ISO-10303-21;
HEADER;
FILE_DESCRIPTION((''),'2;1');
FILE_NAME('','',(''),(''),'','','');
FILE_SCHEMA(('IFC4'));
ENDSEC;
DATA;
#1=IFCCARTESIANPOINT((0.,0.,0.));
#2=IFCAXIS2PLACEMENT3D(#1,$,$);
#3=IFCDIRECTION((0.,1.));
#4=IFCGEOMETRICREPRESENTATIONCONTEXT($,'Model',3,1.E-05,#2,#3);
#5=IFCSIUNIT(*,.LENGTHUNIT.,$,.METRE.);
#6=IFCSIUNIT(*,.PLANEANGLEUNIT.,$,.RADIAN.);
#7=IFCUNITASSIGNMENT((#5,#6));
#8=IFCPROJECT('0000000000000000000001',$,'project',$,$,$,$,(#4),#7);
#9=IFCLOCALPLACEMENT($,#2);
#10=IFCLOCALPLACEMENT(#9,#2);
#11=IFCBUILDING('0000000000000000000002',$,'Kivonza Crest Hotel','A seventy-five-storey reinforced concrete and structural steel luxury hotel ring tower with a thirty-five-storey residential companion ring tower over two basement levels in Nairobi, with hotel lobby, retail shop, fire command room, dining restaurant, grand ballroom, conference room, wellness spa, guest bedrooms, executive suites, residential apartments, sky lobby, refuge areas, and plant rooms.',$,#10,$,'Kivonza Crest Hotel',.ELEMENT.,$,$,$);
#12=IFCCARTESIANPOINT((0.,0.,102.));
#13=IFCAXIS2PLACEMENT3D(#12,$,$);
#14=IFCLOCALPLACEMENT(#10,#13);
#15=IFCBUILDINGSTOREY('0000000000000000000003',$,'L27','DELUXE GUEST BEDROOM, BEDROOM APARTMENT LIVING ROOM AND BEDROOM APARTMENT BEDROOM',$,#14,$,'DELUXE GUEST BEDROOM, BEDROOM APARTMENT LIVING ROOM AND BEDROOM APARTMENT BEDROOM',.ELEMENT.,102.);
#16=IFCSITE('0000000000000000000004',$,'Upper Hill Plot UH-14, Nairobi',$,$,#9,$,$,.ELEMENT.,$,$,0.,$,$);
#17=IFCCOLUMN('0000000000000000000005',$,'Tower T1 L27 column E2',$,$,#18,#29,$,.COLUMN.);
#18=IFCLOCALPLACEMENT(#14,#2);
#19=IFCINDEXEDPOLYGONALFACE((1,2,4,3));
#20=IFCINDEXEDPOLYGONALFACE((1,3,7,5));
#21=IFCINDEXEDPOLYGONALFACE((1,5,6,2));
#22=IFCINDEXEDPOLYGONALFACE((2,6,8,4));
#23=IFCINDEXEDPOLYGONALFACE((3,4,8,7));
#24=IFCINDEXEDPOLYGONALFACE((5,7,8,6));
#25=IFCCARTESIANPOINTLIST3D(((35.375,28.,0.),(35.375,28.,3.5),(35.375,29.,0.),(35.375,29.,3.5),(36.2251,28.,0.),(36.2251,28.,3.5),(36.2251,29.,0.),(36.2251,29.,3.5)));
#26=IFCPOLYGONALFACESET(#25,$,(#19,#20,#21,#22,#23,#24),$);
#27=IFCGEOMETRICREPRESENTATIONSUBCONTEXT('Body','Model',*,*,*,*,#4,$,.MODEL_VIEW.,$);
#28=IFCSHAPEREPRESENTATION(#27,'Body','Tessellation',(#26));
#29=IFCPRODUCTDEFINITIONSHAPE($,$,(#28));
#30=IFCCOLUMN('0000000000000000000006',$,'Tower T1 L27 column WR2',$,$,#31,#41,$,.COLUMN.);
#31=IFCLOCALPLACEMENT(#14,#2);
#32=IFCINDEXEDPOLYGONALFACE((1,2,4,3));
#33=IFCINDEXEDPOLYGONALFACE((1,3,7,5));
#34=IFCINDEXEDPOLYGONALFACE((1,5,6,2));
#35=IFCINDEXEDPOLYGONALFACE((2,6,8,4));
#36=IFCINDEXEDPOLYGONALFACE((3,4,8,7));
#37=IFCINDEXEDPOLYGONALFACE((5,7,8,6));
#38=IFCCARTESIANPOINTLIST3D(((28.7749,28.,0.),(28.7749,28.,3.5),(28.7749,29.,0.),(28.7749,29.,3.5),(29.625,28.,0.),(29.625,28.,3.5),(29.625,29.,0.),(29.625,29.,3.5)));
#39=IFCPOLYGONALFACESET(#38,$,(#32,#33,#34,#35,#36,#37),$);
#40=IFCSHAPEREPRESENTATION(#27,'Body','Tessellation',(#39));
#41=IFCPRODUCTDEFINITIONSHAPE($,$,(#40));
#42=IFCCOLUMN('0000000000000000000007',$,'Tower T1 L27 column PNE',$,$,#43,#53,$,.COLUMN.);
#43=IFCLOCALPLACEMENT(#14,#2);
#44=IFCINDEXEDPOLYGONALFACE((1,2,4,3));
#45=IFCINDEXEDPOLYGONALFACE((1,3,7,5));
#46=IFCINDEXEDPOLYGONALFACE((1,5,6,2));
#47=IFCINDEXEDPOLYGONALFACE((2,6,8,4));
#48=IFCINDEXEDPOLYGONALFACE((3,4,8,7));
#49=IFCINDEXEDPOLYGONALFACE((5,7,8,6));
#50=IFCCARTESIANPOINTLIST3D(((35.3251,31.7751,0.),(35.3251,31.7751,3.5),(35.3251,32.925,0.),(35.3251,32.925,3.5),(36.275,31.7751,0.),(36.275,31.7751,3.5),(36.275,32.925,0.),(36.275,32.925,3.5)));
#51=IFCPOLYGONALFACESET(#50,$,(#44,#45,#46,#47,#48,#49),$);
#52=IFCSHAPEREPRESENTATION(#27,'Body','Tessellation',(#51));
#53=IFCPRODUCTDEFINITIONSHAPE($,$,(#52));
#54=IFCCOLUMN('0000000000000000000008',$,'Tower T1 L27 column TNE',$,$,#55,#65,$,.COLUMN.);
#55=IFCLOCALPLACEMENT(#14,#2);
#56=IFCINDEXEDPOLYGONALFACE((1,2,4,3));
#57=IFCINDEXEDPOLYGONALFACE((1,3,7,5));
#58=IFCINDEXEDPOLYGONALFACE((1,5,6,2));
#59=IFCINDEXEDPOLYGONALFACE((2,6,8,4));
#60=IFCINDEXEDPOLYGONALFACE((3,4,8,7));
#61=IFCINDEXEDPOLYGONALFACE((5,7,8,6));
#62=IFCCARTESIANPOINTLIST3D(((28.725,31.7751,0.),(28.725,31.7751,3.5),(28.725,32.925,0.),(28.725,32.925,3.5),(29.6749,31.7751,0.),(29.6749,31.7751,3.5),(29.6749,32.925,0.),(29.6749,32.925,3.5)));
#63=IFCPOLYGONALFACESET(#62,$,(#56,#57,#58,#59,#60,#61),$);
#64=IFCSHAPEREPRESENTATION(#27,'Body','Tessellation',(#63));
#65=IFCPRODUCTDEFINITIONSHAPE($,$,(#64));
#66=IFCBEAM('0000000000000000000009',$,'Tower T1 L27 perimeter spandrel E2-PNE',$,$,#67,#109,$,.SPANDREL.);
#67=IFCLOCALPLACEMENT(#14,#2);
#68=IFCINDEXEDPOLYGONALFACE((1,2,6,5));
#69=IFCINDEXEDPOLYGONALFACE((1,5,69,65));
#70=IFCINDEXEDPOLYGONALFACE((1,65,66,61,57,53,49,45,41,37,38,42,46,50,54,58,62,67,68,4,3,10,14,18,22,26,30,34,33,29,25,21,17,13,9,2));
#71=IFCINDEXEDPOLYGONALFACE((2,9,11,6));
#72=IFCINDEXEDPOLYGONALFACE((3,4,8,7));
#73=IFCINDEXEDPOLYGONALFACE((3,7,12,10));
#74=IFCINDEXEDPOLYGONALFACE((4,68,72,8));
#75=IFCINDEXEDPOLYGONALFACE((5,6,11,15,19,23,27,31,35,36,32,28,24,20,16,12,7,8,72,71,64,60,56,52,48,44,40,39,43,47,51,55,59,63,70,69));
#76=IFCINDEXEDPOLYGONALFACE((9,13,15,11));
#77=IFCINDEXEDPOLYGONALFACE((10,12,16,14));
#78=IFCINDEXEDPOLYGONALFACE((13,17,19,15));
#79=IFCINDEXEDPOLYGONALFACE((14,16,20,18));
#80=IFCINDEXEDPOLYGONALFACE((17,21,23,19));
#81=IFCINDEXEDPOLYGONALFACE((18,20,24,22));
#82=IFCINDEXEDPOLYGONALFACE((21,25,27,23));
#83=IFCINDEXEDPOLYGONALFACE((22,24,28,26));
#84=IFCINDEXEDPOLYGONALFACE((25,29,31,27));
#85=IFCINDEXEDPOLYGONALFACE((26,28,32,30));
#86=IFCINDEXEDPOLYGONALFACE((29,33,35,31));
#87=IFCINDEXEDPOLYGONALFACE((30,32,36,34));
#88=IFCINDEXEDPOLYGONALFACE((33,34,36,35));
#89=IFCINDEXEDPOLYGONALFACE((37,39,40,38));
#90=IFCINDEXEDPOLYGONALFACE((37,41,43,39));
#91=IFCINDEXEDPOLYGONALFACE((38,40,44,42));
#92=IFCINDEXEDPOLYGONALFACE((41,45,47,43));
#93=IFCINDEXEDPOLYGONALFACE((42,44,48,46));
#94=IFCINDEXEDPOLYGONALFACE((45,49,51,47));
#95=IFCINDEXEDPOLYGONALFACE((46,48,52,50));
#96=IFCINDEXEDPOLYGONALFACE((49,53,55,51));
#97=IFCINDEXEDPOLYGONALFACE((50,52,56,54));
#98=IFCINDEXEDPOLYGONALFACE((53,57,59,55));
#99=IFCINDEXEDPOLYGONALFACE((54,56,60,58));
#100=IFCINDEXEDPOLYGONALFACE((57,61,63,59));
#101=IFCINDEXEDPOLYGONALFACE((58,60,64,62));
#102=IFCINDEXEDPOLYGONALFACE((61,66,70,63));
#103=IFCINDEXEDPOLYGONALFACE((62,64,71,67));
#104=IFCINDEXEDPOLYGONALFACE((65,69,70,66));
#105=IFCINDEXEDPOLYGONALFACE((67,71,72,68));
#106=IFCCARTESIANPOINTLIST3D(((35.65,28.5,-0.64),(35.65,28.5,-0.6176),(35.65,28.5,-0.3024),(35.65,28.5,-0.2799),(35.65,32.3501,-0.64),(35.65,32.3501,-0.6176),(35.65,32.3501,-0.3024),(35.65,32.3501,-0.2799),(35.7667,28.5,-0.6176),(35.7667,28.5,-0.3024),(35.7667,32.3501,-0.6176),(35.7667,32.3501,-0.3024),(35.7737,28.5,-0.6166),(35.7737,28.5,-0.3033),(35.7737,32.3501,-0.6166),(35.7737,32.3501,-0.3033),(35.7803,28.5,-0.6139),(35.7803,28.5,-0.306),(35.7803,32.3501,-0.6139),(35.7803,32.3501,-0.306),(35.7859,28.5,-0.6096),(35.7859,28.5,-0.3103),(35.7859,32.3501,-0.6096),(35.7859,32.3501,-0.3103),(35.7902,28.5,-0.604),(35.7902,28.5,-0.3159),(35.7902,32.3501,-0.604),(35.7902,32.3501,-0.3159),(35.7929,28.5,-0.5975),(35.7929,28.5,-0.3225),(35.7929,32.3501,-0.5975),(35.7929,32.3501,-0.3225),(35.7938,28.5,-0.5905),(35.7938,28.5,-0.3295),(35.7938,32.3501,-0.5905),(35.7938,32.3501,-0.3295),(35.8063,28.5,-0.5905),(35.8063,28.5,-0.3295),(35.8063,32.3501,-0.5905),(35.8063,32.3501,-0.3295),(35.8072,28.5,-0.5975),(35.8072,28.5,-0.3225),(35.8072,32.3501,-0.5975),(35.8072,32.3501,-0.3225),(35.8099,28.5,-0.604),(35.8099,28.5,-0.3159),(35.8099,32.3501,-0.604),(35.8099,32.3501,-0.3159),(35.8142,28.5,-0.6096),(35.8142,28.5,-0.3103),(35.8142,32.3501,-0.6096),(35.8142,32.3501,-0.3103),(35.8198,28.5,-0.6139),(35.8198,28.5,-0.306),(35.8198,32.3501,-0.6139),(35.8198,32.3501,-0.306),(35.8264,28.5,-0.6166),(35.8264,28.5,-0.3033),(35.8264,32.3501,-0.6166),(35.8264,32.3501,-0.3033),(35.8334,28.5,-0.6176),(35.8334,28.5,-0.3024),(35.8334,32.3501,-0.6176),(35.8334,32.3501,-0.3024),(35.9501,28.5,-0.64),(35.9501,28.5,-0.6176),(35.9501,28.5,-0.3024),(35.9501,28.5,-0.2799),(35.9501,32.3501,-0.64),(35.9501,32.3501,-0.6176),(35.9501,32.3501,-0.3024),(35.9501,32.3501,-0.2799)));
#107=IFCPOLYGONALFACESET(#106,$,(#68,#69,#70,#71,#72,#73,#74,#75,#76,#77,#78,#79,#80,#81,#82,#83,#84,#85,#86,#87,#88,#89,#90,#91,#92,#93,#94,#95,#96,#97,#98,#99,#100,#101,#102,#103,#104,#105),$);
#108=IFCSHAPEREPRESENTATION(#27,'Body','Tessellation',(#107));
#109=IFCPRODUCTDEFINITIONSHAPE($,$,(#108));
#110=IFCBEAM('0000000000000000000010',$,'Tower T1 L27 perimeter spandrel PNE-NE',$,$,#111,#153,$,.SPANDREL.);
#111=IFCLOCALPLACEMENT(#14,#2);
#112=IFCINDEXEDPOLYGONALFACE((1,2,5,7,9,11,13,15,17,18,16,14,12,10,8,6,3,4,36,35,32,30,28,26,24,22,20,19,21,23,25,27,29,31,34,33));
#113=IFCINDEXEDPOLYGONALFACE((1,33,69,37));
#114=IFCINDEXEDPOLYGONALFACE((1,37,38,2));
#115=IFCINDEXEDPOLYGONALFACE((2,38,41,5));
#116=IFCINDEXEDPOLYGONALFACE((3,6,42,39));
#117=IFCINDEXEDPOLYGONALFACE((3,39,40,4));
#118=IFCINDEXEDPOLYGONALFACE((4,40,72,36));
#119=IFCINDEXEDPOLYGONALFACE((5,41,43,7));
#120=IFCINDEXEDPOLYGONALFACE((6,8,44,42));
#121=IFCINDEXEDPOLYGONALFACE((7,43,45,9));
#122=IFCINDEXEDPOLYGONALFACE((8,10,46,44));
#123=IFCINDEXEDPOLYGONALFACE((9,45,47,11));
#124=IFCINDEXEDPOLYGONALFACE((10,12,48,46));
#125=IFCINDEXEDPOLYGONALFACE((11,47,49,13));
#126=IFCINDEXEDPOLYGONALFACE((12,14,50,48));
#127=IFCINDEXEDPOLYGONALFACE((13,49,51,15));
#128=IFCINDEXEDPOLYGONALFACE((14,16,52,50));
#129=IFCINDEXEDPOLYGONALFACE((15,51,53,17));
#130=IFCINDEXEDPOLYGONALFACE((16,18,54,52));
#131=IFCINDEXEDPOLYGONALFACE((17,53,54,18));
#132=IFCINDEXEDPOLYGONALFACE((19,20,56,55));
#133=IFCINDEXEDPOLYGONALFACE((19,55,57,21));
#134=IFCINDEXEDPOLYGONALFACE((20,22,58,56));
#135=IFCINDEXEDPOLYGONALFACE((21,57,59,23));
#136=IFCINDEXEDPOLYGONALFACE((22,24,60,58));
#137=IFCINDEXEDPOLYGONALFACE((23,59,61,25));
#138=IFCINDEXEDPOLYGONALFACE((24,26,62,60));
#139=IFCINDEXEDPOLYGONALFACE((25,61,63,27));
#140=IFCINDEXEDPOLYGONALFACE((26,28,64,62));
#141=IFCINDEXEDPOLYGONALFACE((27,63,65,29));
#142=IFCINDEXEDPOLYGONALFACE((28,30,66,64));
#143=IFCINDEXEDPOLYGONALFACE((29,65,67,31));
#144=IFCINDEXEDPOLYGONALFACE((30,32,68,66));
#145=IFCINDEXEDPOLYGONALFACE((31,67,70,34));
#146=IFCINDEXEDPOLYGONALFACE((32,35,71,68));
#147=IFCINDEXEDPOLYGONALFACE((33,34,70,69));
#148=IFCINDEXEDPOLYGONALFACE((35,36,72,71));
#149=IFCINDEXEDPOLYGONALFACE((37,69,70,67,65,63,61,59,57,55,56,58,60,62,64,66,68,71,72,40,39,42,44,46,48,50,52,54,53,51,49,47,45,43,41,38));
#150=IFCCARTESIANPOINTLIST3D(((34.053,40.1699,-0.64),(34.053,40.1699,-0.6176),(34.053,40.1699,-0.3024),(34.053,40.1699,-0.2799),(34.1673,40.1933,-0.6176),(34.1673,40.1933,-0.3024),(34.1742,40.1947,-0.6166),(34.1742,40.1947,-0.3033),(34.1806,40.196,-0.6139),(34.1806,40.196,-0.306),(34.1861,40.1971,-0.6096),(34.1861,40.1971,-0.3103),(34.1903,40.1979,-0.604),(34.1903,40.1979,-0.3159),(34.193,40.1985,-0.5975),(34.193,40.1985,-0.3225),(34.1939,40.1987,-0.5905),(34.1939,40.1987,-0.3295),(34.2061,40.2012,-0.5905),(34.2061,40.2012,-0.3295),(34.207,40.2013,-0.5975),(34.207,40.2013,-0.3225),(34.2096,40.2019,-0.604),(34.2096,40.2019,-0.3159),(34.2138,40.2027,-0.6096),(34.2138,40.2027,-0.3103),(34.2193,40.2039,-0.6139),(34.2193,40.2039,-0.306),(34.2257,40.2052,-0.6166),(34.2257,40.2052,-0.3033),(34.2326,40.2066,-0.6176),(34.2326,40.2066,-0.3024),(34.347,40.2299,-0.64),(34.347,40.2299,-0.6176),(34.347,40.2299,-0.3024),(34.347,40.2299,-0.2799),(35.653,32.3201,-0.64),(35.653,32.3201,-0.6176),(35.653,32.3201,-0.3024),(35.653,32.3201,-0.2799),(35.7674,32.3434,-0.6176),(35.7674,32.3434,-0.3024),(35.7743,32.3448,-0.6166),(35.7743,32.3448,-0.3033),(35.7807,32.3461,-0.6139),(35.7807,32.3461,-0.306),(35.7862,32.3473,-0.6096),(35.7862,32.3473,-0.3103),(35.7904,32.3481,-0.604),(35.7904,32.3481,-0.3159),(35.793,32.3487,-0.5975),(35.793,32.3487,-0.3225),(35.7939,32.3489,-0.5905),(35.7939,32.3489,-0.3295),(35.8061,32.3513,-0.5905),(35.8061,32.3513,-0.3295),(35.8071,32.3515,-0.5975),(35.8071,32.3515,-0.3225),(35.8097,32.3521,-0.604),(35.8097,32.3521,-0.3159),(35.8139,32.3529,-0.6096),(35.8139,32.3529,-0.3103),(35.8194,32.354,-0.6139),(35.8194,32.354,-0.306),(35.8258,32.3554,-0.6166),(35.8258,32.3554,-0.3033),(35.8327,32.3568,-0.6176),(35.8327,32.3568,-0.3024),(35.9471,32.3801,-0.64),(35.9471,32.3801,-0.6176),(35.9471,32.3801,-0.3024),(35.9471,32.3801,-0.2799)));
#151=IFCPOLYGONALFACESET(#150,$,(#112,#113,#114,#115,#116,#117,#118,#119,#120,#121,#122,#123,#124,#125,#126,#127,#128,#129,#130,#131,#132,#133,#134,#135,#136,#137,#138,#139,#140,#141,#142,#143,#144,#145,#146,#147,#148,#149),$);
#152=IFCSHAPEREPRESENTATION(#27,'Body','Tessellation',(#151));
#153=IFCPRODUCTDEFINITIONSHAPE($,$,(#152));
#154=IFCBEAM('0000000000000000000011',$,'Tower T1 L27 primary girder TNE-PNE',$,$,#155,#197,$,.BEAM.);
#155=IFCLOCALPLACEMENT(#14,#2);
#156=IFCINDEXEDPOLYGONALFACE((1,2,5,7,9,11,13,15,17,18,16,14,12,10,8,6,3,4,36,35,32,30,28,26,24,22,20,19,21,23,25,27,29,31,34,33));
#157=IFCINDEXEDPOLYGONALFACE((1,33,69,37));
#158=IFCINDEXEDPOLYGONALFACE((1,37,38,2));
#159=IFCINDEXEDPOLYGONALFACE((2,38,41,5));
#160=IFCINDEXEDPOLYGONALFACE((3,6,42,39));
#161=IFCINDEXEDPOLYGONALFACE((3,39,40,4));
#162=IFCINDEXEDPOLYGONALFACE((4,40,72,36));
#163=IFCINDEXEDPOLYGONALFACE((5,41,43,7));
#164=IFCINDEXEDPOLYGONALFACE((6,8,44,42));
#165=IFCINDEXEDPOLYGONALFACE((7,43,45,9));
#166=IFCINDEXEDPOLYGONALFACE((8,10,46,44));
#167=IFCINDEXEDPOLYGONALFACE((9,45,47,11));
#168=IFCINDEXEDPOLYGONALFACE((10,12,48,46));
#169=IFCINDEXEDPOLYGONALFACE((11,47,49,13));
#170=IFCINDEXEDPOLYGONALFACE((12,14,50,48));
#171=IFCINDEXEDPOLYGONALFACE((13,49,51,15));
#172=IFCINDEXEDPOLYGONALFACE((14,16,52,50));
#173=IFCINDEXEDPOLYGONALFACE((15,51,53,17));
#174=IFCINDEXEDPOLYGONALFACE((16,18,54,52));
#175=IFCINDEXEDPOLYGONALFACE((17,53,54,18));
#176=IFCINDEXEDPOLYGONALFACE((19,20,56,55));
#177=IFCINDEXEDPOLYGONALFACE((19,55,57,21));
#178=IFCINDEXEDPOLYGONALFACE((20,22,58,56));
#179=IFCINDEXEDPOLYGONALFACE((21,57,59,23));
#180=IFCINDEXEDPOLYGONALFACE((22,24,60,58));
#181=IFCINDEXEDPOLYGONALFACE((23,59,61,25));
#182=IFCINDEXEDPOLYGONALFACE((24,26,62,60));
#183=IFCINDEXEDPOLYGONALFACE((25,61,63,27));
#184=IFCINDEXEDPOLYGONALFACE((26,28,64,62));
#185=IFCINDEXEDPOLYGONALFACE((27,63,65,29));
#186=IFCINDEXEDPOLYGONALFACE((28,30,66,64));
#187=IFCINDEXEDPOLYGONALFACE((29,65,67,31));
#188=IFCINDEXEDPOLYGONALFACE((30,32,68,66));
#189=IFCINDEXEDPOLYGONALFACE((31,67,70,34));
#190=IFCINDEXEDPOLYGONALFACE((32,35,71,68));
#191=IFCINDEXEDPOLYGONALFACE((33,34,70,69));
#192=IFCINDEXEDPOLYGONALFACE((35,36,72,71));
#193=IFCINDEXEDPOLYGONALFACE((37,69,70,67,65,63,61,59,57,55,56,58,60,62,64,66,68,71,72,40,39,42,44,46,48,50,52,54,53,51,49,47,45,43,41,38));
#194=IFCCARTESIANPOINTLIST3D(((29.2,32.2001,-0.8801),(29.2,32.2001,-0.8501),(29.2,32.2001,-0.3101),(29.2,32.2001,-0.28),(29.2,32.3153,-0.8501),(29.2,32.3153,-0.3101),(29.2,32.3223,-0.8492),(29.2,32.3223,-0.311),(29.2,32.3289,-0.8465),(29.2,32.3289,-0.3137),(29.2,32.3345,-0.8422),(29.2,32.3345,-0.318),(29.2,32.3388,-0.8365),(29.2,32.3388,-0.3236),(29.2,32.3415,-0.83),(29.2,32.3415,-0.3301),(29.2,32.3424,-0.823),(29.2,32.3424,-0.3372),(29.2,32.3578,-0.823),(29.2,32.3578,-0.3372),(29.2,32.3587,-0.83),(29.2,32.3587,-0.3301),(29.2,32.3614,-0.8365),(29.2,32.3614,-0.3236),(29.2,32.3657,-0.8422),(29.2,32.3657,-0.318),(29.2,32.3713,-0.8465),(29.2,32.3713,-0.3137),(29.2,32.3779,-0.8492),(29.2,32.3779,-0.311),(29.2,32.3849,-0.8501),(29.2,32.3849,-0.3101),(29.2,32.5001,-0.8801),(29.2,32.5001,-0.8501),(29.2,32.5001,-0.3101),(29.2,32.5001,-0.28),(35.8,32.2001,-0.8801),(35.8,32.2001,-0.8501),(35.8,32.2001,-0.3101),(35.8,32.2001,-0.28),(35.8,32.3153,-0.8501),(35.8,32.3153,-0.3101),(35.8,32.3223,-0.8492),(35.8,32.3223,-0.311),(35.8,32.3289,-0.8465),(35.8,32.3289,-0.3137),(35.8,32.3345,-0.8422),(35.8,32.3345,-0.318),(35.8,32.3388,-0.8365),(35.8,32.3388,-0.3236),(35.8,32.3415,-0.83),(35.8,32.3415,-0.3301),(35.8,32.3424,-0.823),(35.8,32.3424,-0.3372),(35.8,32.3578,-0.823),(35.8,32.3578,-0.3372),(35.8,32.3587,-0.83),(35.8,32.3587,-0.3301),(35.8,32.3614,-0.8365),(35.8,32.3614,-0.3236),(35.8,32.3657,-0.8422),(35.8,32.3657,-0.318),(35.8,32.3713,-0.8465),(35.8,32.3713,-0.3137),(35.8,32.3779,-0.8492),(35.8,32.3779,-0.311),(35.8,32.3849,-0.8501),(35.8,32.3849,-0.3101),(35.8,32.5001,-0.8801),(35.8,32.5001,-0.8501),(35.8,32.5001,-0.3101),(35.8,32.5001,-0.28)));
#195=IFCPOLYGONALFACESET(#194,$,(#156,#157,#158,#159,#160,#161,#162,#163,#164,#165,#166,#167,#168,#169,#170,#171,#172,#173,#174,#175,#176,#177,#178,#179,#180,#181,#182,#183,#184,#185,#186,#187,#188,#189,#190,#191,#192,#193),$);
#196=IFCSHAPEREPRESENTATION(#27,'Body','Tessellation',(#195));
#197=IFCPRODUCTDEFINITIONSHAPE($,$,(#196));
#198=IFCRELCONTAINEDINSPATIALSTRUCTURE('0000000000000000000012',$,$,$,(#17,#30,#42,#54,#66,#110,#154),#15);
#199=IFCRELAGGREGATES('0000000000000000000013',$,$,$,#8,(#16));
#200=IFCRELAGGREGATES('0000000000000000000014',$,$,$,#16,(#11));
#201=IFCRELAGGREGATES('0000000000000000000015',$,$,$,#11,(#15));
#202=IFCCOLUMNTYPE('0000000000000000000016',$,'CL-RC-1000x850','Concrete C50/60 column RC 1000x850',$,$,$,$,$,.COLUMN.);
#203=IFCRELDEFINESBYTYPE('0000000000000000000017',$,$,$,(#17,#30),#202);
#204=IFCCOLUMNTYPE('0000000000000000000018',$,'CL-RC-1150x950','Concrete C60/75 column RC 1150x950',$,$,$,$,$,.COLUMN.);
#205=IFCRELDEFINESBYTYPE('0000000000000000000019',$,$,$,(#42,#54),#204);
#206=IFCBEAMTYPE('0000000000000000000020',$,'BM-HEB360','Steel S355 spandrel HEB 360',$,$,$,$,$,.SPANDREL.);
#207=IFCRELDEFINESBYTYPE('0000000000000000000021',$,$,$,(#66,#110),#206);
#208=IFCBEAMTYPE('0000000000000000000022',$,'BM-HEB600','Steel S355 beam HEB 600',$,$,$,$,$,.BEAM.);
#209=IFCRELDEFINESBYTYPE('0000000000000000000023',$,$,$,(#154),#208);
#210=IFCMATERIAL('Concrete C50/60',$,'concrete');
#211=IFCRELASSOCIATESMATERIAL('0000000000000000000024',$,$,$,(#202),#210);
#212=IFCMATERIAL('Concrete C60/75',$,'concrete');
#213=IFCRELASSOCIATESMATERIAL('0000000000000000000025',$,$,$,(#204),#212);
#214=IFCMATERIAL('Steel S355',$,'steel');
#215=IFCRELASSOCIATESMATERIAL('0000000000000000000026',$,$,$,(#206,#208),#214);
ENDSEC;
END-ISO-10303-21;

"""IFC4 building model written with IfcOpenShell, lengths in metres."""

from ifc_helpers import new_model, si_unit, direction, frame, origin, origin_2d, place, context, subcontext, project, spatial, rectangle, i_section, extrude, material, material_profile, profile_set, type_object, element, save


model = new_model("IFC4")

# Units and contexts
model_context = context("Model", 3, precision=1e-05, world=origin(), true_north=direction((0.0, 1.0)))
body_context = subcontext(model_context, "Body", "Model", "MODEL_VIEW")
ifc_project = project(units=[si_unit("LENGTHUNIT", "METRE"), si_unit("PLANEANGLEUNIT", "RADIAN")], contexts=[model_context])

# Site, building, storey
site_placement = place(None, origin())
site = spatial("IfcSite", under=ifc_project, at=site_placement, Name="Upper Hill Plot UH-14, Nairobi", CompositionType="ELEMENT", RefElevation=0.0)
building_placement = place(site_placement, origin())
building = spatial("IfcBuilding", under=site, at=building_placement, Name="Kivonza Crest Hotel", Description="A seventy-five-storey reinforced concrete and structural steel luxury hotel ring tower with a thirty-five-storey residential companion ring tower over two basement levels in Nairobi, with hotel lobby, retail shop, fire command room, dining restaurant, grand ballroom, conference room, wellness spa, guest bedrooms, executive suites, residential apartments, sky lobby, refuge areas, and plant rooms.", LongName="Kivonza Crest Hotel", CompositionType="ELEMENT")
storey_placement = place(building_placement, frame((0.0, 0.0, 102.0)))
storey = spatial("IfcBuildingStorey", under=building, at=storey_placement, Name="L27", Description="DELUXE GUEST BEDROOM, BEDROOM APARTMENT LIVING ROOM AND BEDROOM APARTMENT BEDROOM", LongName="DELUXE GUEST BEDROOM, BEDROOM APARTMENT LIVING ROOM AND BEDROOM APARTMENT BEDROOM", CompositionType="ELEMENT", Elevation=102.0)

# Columns
ifc_material_1 = material(Name="Concrete C50/60", Category="concrete")
ifc_material_profile_1 = material_profile(ifc_material_1, rectangle(XDim=0.8501, YDim=1.0, at=origin_2d()), Name="RC 1000x850")
ifc_profile_set_1 = profile_set([ifc_material_profile_1], Name="Concrete C50/60")
column_type_1 = type_object("IfcColumnType", Name="CL-RC-1000x850", Description="Concrete C50/60 column RC 1000x850", PredefinedType="COLUMN", material=ifc_profile_set_1)
for number, where, z_axis, x_axis, name in (
    (1, (35.8, 28.5, 0.0), (0.0, 0.0, 1.0), (1.0, 0.0, 0.0), "Tower T1 L27 column E2"),
    (2, (29.2, 28.5, 0.0), (0.0, 0.0, 1.0), (1.0, 0.0, 0.0), "Tower T1 L27 column WR2"),
):
    element("IfcColumn", number, at=place(storey_placement, frame(where, z_axis=z_axis, x_axis=x_axis)), inside=storey, type_object=column_type_1, Name=name, PredefinedType="COLUMN", context=body_context, shape_type="SweptSolid", body=[
        extrude(rectangle(XDim=0.8501, YDim=1.0, at=origin_2d()), origin(), (0.0, 0.0, 1.0), 3.5),
    ])
ifc_material_2 = material(Name="Concrete C60/75", Category="concrete")
ifc_material_profile_2 = material_profile(ifc_material_2, rectangle(XDim=0.95, YDim=1.1499, at=origin_2d()), Name="RC 1150x950")
ifc_profile_set_2 = profile_set([ifc_material_profile_2], Name="Concrete C60/75")
column_type_2 = type_object("IfcColumnType", Name="CL-RC-1150x950", Description="Concrete C60/75 column RC 1150x950", PredefinedType="COLUMN", material=ifc_profile_set_2)
for number, where, z_axis, x_axis, name in (
    (3, (35.8, 32.3501, 0.0), (0.0, 0.0, 1.0), (1.0, 0.0, 0.0), "Tower T1 L27 column PNE"),
    (4, (29.2, 32.3501, 0.0), (0.0, 0.0, 1.0), (1.0, 0.0, 0.0), "Tower T1 L27 column TNE"),
):
    element("IfcColumn", number, at=place(storey_placement, frame(where, z_axis=z_axis, x_axis=x_axis)), inside=storey, type_object=column_type_2, Name=name, PredefinedType="COLUMN", context=body_context, shape_type="SweptSolid", body=[
        extrude(rectangle(XDim=0.95, YDim=1.1499, at=origin_2d()), origin(), (0.0, 0.0, 1.0), 3.5),
    ])

# Beams
ifc_material_3 = material(Name="Steel S355", Category="steel")
ifc_material_profile_3 = material_profile(ifc_material_3, i_section(OverallWidth=0.3, OverallDepth=0.3601, WebThickness=0.0125, FlangeThickness=0.0225, FilletRadius=0.0271, at=origin_2d()), Name="HEB 360")
ifc_profile_set_3 = profile_set([ifc_material_profile_3], Name="Steel S355")
beam_type_1 = type_object("IfcBeamType", Name="BM-HEB360", Description="Steel S355 spandrel HEB 360", PredefinedType="SPANDREL", material=ifc_profile_set_3)
beam_1_placement = place(storey_placement, frame((35.8, 28.5, -0.46), z_axis=(0.0, 1.0, 0.0), x_axis=(-1.0, 0.0, 0.0)))
element("IfcBeam", 5, at=beam_1_placement, inside=storey, type_object=beam_type_1, Name="Tower T1 L27 perimeter spandrel E2-PNE", PredefinedType="SPANDREL", context=body_context, shape_type="SweptSolid", body=[
    extrude(i_section(OverallWidth=0.3, OverallDepth=0.3601, WebThickness=0.0125, FlangeThickness=0.0225, FilletRadius=0.0271, at=origin_2d()), origin(), (0.0, 0.0, 1.0), 3.8501),
])
beam_2_placement = place(storey_placement, frame((35.8, 32.3501, -0.46), z_axis=(-0.199731, 0.979851, 0.0), x_axis=(-0.979851, -0.199731, 0.0)))
element("IfcBeam", 6, at=beam_2_placement, inside=storey, type_object=beam_type_1, Name="Tower T1 L27 perimeter spandrel PNE-NE", PredefinedType="SPANDREL", context=body_context, shape_type="SweptSolid", body=[
    extrude(i_section(OverallWidth=0.3, OverallDepth=0.3601, WebThickness=0.0125, FlangeThickness=0.0225, FilletRadius=0.0271, at=origin_2d()), origin(), (0.0, 0.0, 1.0), 8.0112),
])
ifc_material_profile_4 = material_profile(ifc_material_3, i_section(OverallWidth=0.3, OverallDepth=0.6001, WebThickness=0.0154, FlangeThickness=0.03, FilletRadius=0.0271, at=origin_2d()), Name="HEB 600")
ifc_profile_set_4 = profile_set([ifc_material_profile_4], Name="Steel S355")
beam_type_2 = type_object("IfcBeamType", Name="BM-HEB600", Description="Steel S355 beam HEB 600", PredefinedType="BEAM", material=ifc_profile_set_4)
beam_3_placement = place(storey_placement, frame((29.2, 32.3501, -0.5801), z_axis=(1.0, 0.0, 0.0), x_axis=(0.0, 1.0, 0.0)))
element("IfcBeam", 7, at=beam_3_placement, inside=storey, type_object=beam_type_2, Name="Tower T1 L27 primary girder TNE-PNE", PredefinedType="BEAM", context=body_context, shape_type="SweptSolid", body=[
    extrude(i_section(OverallWidth=0.3, OverallDepth=0.6001, WebThickness=0.0154, FlangeThickness=0.03, FilletRadius=0.0271, at=origin_2d()), origin(), (0.0, 0.0, 1.0), 6.6001),
])

save(model, "model.ifc")
